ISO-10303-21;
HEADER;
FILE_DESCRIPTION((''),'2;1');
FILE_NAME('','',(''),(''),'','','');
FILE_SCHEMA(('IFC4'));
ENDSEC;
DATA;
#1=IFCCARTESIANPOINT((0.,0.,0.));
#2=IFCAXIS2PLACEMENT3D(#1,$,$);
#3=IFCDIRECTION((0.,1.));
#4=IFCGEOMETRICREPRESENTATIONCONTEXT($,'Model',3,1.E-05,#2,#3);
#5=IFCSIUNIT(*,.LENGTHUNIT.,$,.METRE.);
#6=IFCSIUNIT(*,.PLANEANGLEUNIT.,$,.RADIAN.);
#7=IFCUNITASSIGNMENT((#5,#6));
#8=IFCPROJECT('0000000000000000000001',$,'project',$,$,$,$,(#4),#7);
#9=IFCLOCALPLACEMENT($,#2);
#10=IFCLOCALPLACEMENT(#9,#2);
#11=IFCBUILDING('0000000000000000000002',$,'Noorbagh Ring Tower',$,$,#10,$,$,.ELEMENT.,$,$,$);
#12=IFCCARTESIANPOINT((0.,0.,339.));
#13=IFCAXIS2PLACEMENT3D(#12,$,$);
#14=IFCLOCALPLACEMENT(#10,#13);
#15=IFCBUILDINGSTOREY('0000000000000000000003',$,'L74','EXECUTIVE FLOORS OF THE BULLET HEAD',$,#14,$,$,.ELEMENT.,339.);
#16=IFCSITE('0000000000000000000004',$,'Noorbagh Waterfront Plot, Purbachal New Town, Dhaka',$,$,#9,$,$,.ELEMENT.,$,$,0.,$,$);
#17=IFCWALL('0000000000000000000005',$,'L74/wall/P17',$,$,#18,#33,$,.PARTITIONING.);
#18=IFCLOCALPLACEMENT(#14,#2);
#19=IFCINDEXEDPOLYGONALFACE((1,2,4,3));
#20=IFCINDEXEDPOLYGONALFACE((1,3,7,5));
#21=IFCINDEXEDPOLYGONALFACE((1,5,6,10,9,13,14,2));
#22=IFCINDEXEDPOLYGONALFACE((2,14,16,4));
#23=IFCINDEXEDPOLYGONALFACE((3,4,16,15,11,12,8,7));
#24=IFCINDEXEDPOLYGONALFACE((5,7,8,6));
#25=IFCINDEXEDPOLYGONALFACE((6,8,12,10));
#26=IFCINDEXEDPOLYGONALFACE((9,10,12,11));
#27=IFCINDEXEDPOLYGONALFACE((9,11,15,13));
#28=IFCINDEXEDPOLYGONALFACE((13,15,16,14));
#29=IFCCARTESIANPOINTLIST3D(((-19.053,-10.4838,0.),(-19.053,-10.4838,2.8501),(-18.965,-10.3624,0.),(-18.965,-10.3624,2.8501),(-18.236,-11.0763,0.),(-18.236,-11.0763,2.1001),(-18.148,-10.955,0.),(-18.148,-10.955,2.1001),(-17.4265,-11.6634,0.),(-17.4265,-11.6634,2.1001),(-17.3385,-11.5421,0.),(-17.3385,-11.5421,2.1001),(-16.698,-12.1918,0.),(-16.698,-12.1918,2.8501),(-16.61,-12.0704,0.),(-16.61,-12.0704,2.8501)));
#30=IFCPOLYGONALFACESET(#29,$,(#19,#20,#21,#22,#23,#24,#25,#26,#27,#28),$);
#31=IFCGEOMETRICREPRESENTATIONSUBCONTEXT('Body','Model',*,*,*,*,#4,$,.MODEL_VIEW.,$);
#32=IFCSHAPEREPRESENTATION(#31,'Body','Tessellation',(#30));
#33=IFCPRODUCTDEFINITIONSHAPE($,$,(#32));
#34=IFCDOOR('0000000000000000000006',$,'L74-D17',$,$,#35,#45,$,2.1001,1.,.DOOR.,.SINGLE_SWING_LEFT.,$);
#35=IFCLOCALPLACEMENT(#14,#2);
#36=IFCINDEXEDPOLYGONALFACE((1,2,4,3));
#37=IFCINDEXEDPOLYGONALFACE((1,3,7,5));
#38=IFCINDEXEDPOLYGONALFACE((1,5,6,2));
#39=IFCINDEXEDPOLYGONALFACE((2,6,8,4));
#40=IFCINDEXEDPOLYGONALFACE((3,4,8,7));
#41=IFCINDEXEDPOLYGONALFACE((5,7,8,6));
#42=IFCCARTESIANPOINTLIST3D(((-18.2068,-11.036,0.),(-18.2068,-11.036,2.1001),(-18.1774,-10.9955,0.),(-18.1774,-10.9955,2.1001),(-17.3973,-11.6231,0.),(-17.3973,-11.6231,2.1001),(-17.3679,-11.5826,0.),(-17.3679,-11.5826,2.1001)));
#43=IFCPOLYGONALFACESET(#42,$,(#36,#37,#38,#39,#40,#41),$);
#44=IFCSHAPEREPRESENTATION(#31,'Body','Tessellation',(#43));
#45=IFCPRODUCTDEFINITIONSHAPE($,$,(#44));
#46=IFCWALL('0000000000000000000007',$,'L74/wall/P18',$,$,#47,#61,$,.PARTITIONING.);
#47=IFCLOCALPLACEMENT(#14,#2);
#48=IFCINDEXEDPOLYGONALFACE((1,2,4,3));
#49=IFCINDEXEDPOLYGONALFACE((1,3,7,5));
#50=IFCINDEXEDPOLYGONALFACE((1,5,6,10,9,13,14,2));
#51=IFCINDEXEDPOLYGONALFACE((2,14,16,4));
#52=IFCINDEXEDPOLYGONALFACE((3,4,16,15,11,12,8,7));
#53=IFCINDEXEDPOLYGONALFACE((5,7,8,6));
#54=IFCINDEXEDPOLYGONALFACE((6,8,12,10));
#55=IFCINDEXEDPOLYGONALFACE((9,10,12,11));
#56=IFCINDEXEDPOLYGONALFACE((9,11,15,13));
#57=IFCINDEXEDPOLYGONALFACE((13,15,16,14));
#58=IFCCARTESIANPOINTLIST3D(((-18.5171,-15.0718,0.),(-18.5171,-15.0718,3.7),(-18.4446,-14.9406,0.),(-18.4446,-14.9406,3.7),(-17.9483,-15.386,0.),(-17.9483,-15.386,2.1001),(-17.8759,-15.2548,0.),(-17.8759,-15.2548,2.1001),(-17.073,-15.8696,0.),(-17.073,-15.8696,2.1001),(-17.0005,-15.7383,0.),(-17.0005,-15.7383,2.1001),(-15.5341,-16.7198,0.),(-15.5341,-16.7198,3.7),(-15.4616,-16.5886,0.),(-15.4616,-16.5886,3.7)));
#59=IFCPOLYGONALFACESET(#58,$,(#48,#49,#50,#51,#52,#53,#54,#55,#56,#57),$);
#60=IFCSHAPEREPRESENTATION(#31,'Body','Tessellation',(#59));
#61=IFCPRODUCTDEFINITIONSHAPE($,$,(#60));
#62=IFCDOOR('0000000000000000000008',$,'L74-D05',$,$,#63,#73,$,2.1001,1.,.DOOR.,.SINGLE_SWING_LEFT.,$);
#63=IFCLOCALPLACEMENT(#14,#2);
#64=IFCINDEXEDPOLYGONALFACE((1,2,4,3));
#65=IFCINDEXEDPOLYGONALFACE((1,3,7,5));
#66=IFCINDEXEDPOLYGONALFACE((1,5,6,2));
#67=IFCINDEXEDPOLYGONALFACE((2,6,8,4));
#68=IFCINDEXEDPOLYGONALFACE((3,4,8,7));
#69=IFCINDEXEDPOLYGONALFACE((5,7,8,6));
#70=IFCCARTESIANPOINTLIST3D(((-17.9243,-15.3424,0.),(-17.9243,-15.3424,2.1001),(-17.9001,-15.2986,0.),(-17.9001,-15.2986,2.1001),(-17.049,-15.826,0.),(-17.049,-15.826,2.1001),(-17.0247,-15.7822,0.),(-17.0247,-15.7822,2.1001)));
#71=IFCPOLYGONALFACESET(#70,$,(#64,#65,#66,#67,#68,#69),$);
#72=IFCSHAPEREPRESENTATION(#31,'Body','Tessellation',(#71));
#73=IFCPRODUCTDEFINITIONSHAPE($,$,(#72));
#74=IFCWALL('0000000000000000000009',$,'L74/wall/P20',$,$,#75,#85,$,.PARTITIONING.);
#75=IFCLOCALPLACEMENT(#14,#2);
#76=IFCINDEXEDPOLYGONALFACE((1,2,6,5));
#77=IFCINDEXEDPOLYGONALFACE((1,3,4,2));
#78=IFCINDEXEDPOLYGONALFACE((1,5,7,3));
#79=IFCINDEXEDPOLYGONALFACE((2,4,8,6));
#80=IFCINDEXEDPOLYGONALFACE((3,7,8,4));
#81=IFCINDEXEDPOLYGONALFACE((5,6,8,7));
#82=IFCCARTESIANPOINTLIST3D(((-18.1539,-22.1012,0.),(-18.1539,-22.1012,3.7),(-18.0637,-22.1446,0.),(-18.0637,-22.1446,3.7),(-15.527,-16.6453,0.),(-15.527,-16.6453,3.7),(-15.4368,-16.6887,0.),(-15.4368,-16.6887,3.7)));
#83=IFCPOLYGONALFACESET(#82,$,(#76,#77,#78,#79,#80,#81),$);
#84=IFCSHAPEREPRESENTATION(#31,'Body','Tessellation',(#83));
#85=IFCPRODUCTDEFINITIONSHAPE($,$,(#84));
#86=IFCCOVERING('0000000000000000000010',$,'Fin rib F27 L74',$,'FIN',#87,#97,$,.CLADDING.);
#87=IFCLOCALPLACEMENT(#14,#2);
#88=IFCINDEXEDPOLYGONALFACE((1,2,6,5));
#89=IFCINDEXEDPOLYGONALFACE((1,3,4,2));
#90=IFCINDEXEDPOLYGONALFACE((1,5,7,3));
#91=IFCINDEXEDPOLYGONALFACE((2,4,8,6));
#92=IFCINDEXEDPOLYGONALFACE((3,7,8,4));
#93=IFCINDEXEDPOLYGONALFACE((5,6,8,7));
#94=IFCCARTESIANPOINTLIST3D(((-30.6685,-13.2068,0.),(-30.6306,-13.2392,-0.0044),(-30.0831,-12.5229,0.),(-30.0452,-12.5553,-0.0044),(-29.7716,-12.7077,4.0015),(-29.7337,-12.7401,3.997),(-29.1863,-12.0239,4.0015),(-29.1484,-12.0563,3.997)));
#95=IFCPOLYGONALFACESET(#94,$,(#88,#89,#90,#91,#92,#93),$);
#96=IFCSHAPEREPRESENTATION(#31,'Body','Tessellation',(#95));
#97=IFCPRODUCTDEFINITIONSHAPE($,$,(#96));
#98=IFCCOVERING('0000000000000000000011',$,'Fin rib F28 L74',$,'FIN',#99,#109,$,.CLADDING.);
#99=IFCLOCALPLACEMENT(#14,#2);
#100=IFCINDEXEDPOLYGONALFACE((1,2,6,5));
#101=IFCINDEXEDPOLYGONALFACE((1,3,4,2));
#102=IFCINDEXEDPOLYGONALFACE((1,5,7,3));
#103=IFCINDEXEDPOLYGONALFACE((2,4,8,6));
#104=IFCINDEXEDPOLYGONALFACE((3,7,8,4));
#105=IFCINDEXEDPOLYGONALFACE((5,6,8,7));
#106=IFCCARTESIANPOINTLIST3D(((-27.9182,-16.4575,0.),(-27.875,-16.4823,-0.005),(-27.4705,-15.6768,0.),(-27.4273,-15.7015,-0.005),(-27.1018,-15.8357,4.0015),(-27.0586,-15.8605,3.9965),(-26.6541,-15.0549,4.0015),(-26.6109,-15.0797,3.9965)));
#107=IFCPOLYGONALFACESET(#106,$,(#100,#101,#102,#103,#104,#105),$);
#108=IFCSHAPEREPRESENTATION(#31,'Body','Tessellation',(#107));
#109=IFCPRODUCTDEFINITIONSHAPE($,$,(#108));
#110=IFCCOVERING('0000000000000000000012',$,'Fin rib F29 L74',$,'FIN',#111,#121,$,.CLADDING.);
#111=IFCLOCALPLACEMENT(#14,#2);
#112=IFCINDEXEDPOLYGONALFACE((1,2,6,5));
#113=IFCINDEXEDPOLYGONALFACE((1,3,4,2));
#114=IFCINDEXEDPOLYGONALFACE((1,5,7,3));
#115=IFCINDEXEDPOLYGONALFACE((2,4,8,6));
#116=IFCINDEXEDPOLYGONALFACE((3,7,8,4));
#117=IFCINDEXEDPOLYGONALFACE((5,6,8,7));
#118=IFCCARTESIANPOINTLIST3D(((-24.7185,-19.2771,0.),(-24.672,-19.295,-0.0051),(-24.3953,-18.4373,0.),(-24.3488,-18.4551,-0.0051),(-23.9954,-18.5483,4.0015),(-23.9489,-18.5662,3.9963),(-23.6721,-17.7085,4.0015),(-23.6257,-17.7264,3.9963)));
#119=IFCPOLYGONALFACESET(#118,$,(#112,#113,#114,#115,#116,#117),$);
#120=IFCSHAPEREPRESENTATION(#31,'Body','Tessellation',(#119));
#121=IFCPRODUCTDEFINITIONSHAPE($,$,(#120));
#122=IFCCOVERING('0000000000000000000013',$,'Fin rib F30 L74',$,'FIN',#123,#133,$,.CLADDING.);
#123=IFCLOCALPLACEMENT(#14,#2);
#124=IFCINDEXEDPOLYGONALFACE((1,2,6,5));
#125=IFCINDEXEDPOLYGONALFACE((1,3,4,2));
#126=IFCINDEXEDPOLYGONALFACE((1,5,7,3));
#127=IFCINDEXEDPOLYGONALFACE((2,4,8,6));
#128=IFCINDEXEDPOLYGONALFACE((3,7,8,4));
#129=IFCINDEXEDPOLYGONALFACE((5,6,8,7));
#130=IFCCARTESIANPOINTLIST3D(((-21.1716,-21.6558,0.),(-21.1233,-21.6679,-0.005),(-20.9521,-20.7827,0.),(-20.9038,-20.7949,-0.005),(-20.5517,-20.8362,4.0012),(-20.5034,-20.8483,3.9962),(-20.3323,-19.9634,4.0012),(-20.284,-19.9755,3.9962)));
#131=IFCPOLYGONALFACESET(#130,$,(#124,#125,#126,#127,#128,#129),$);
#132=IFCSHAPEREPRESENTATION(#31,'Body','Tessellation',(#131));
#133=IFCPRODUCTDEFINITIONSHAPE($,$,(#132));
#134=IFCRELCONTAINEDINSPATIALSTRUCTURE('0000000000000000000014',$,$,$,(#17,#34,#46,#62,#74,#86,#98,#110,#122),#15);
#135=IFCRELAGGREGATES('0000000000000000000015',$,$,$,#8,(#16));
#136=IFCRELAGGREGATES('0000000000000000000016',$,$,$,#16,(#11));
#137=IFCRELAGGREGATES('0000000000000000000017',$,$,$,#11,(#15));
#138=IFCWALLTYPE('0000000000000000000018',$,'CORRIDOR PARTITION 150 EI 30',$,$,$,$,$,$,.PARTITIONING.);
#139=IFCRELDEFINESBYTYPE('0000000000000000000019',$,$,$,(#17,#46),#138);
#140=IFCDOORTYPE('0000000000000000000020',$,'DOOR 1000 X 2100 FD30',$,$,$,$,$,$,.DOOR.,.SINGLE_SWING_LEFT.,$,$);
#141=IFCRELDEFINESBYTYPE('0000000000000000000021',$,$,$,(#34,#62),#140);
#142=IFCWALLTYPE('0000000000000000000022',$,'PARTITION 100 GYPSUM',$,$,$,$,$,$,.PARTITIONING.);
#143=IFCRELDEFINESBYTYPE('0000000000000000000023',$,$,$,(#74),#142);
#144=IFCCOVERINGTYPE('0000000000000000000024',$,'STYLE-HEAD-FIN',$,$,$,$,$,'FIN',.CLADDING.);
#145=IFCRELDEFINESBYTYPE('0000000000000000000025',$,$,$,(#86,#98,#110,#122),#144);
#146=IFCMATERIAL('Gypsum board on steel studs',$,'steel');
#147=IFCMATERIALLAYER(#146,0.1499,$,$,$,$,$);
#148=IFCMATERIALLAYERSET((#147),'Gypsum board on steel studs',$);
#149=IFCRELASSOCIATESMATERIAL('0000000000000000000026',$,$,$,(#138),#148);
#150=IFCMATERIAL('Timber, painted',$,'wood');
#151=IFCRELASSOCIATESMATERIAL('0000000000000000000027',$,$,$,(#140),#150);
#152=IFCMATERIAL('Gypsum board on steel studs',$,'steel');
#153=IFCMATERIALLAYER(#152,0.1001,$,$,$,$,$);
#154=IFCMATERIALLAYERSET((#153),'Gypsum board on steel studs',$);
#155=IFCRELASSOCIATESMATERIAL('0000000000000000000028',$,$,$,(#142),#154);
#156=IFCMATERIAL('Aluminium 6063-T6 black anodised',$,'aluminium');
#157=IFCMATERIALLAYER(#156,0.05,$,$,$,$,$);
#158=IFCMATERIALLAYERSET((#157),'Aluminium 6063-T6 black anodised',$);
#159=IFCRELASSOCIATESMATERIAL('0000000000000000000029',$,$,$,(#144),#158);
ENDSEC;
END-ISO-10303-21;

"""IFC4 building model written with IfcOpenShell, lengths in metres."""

from ifc_helpers import new_model, si_unit, direction, frame, frame_2d, origin, place, context, subcontext, project, spatial, polyline, rectangle, outline, extrude, material, layer, layer_set, type_object, element, fill, save


model = new_model("IFC4")

# Units and contexts
model_context = context("Model", 3, precision=1e-05, world=origin(), true_north=direction((0.0, 1.0)))
body_context = subcontext(model_context, "Body", "Model", "MODEL_VIEW")
ifc_project = project(units=[si_unit("LENGTHUNIT", "METRE"), si_unit("PLANEANGLEUNIT", "RADIAN")], contexts=[model_context])

# Site, building, storey
site_placement = place(None, origin())
site = spatial("IfcSite", under=ifc_project, at=site_placement, Name="Noorbagh Waterfront Plot, Purbachal New Town, Dhaka", CompositionType="ELEMENT", RefElevation=0.0)
building_placement = place(site_placement, origin())
building = spatial("IfcBuilding", under=site, at=building_placement, Name="Noorbagh Ring Tower", CompositionType="ELEMENT")
storey_placement = place(building_placement, frame((0.0, 0.0, 339.0)))
storey = spatial("IfcBuildingStorey", under=building, at=storey_placement, Name="L74", Description="EXECUTIVE FLOORS OF THE BULLET HEAD", CompositionType="ELEMENT", Elevation=339.0)

# Shared definitions
ifc_material_1 = material(Name="Gypsum board on steel studs", Category="steel")
ifc_layer_1 = layer(ifc_material_1, 0.1499)
ifc_layer_set_1 = layer_set([ifc_layer_1], Name="Gypsum board on steel studs")
wall_type_1 = type_object("IfcWallType", Name="CORRIDOR PARTITION 150 EI 30", PredefinedType="PARTITIONING", material=ifc_layer_set_1)

# Walls, openings, doors
wall_1_placement = place(storey_placement, frame((-19.009, -10.4231, 0.0), z_axis=(0.0, 0.0, 1.0), x_axis=(0.809505, -0.587113, 0.0)))
wall_1 = element("IfcWall", 1, at=wall_1_placement, inside=storey, type_object=wall_type_1, Name="L74/wall/P17", PredefinedType="PARTITIONING", context=body_context, shape_type="SweptSolid", body=[
    extrude(rectangle(XDim=2.9092, YDim=0.1499, at=frame_2d((1.4546, 0.0))), origin(), (0.0, 0.0, 1.0), 2.8501),
])
opening_1_placement = place(wall_1_placement, frame((1.0093, 0.0, 0.0)))
opening_1 = element("IfcOpeningElement", 2, at=opening_1_placement, cuts=wall_1, PredefinedType="OPENING", context=body_context, shape_type="SweptSolid", body=[
    extrude(rectangle(XDim=1.0, YDim=2.1001, at=frame_2d((0.5, 1.05))), frame((0.0, 0.085, 0.0), z_axis=(0.0, -1.0, 0.0), x_axis=(1.0, 0.0, 0.0)), (0.0, 0.0, 1.0), 0.1699),
])
ifc_material_2 = material(Name="Timber, painted", Category="wood")
door_type = type_object("IfcDoorType", Name="DOOR 1000 X 2100 FD30", OperationType="SINGLE_SWING_LEFT", PredefinedType="DOOR", material=ifc_material_2)
door_1_placement = place(opening_1_placement, origin())
door_1 = element("IfcDoor", 3, at=door_1_placement, inside=storey, type_object=door_type, Name="L74-D17", OperationType="SINGLE_SWING_LEFT", OverallHeight=2.1001, OverallWidth=1.0, PredefinedType="DOOR", context=body_context, shape_type="SweptSolid", body=[
    extrude(rectangle(XDim=1.0, YDim=2.1001, at=frame_2d((0.5, 1.05))), frame((0.0, 0.0249, 0.0), z_axis=(0.0, -1.0, 0.0), x_axis=(1.0, 0.0, 0.0)), (0.0, 0.0, 1.0), 0.05),
])
fill(opening_1, door_1)
wall_2_placement = place(storey_placement, frame((-18.481, -15.0061, 0.0), z_axis=(0.0, 0.0, 1.0), x_axis=(0.875304, -0.483573, 0.0)))
wall_2 = element("IfcWall", 4, at=wall_2_placement, inside=storey, type_object=wall_type_1, Name="L74/wall/P18", PredefinedType="PARTITIONING", context=body_context, shape_type="SweptSolid", body=[
    extrude(rectangle(XDim=3.408, YDim=0.1499, at=frame_2d((1.7041, 0.0))), origin(), (0.0, 0.0, 1.0), 3.7),
])
opening_2_placement = place(wall_2_placement, frame((0.6499, 0.0, 0.0)))
opening_2 = element("IfcOpeningElement", 5, at=opening_2_placement, cuts=wall_2, PredefinedType="OPENING", context=body_context, shape_type="SweptSolid", body=[
    extrude(rectangle(XDim=1.0, YDim=2.1001, at=frame_2d((0.5, 1.05))), frame((0.0, 0.085, 0.0), z_axis=(0.0, -1.0, 0.0), x_axis=(1.0, 0.0, 0.0)), (0.0, 0.0, 1.0), 0.1699),
])
door_2_placement = place(opening_2_placement, origin())
door_2 = element("IfcDoor", 6, at=door_2_placement, inside=storey, type_object=door_type, Name="L74-D05", OperationType="SINGLE_SWING_LEFT", OverallHeight=2.1001, OverallWidth=1.0, PredefinedType="DOOR", context=body_context, shape_type="SweptSolid", body=[
    extrude(rectangle(XDim=1.0, YDim=2.1001, at=frame_2d((0.5, 1.05))), frame((0.0, 0.0249, 0.0), z_axis=(0.0, -1.0, 0.0), x_axis=(1.0, 0.0, 0.0)), (0.0, 0.0, 1.0), 0.05),
])
fill(opening_2, door_2)

# Wall
ifc_material_3 = material(Name="Gypsum board on steel studs", Category="steel")
ifc_layer_2 = layer(ifc_material_3, 0.1001)
ifc_layer_set_2 = layer_set([ifc_layer_2], Name="Gypsum board on steel studs")
wall_type_2 = type_object("IfcWallType", Name="PARTITION 100 GYPSUM", PredefinedType="PARTITIONING", material=ifc_layer_set_2)
wall_3_placement = place(storey_placement, frame((-18.1089, -22.123, 0.0), z_axis=(0.0, 0.0, 1.0), x_axis=(0.433811, 0.901004, 0.0)))
element("IfcWall", 7, at=wall_3_placement, inside=storey, type_object=wall_type_2, Name="L74/wall/P20", PredefinedType="PARTITIONING", context=body_context, shape_type="SweptSolid", body=[
    extrude(rectangle(XDim=6.0554, YDim=0.1001, at=frame_2d((3.0278, 0.0))), origin(), (0.0, 0.0, 1.0), 3.7),
])

# Coverings
ifc_material_4 = material(Name="Aluminium 6063-T6 black anodised", Category="aluminium")
ifc_layer_3 = layer(ifc_material_4, 0.05)
ifc_layer_set_3 = layer_set([ifc_layer_3], Name="Aluminium 6063-T6 black anodised")
covering_type_1 = type_object("IfcCoveringType", Name="STYLE-HEAD-FIN", ElementType="FIN", PredefinedType="CLADDING", material=ifc_layer_set_3)
covering_1_placement = place(storey_placement, frame((-30.6685, -13.2068, 0.0), z_axis=(-0.756703, 0.647696, 0.088826), x_axis=(0.217114, 0.120814, 0.968641)))
element("IfcCovering", 8, at=covering_1_placement, inside=storey, type_object=covering_type_1, Name="Fin rib F27 L74", ObjectType="FIN", PredefinedType="CLADDING", context=body_context, shape_type="SweptSolid", body=[
    extrude(outline(polyline([(0.0, 0.0), (4.131, 0.0), (4.3407, 0.8753), (0.2097, 0.8754), (0.0, 0.0)])), origin(), (0.0, 0.0, -1.0), 0.05),
])
covering_2_placement = place(storey_placement, frame((-27.9182, -16.4575, 0.0), z_axis=(-0.863196, 0.495029, 0.099188), x_axis=(0.197631, 0.150528, 0.96865)))
element("IfcCovering", 9, at=covering_2_placement, inside=storey, type_object=covering_type_1, Name="Fin rib F28 L74", ObjectType="FIN", PredefinedType="CLADDING", context=body_context, shape_type="SweptSolid", body=[
    extrude(outline(polyline([(0.0, 0.0), (4.131, 0.0), (4.337, 0.8761), (0.206, 0.8761), (0.0, 0.0)])), origin(), (0.0, 0.0, -1.0), 0.05),
])
covering_3_placement = place(storey_placement, frame((-24.7185, -19.2771, 0.0), z_axis=(-0.928327, 0.357298, 0.102695), x_axis=(0.17505, 0.176409, 0.968626)))
element("IfcCovering", 10, at=covering_3_placement, inside=storey, type_object=covering_type_1, Name="Fin rib F29 L74", ObjectType="FIN", PredefinedType="CLADDING", context=body_context, shape_type="SweptSolid", body=[
    extrude(outline(polyline([(0.0, 0.0), (4.1311, 0.0), (4.3358, 0.8763), (0.2047, 0.8763), (0.0, 0.0)])), origin(), (0.0, 0.0, -1.0), 0.05),
])
covering_4_placement = place(storey_placement, frame((-21.1716, -21.6558, 0.0), z_axis=(-0.964972, 0.242626, 0.099804), x_axis=(0.150058, 0.198393, 0.968567)))
element("IfcCovering", 11, at=covering_4_placement, inside=storey, type_object=covering_type_1, Name="Fin rib F30 L74", ObjectType="FIN", PredefinedType="CLADDING", context=body_context, shape_type="SweptSolid", body=[
    extrude(outline(polyline([(0.0, 0.0), (4.1311, 0.0), (4.3372, 0.8761), (0.2061, 0.8763), (0.0, 0.0)])), origin(), (0.0, 0.0, -1.0), 0.05),
])

save(model, "model.ifc")
